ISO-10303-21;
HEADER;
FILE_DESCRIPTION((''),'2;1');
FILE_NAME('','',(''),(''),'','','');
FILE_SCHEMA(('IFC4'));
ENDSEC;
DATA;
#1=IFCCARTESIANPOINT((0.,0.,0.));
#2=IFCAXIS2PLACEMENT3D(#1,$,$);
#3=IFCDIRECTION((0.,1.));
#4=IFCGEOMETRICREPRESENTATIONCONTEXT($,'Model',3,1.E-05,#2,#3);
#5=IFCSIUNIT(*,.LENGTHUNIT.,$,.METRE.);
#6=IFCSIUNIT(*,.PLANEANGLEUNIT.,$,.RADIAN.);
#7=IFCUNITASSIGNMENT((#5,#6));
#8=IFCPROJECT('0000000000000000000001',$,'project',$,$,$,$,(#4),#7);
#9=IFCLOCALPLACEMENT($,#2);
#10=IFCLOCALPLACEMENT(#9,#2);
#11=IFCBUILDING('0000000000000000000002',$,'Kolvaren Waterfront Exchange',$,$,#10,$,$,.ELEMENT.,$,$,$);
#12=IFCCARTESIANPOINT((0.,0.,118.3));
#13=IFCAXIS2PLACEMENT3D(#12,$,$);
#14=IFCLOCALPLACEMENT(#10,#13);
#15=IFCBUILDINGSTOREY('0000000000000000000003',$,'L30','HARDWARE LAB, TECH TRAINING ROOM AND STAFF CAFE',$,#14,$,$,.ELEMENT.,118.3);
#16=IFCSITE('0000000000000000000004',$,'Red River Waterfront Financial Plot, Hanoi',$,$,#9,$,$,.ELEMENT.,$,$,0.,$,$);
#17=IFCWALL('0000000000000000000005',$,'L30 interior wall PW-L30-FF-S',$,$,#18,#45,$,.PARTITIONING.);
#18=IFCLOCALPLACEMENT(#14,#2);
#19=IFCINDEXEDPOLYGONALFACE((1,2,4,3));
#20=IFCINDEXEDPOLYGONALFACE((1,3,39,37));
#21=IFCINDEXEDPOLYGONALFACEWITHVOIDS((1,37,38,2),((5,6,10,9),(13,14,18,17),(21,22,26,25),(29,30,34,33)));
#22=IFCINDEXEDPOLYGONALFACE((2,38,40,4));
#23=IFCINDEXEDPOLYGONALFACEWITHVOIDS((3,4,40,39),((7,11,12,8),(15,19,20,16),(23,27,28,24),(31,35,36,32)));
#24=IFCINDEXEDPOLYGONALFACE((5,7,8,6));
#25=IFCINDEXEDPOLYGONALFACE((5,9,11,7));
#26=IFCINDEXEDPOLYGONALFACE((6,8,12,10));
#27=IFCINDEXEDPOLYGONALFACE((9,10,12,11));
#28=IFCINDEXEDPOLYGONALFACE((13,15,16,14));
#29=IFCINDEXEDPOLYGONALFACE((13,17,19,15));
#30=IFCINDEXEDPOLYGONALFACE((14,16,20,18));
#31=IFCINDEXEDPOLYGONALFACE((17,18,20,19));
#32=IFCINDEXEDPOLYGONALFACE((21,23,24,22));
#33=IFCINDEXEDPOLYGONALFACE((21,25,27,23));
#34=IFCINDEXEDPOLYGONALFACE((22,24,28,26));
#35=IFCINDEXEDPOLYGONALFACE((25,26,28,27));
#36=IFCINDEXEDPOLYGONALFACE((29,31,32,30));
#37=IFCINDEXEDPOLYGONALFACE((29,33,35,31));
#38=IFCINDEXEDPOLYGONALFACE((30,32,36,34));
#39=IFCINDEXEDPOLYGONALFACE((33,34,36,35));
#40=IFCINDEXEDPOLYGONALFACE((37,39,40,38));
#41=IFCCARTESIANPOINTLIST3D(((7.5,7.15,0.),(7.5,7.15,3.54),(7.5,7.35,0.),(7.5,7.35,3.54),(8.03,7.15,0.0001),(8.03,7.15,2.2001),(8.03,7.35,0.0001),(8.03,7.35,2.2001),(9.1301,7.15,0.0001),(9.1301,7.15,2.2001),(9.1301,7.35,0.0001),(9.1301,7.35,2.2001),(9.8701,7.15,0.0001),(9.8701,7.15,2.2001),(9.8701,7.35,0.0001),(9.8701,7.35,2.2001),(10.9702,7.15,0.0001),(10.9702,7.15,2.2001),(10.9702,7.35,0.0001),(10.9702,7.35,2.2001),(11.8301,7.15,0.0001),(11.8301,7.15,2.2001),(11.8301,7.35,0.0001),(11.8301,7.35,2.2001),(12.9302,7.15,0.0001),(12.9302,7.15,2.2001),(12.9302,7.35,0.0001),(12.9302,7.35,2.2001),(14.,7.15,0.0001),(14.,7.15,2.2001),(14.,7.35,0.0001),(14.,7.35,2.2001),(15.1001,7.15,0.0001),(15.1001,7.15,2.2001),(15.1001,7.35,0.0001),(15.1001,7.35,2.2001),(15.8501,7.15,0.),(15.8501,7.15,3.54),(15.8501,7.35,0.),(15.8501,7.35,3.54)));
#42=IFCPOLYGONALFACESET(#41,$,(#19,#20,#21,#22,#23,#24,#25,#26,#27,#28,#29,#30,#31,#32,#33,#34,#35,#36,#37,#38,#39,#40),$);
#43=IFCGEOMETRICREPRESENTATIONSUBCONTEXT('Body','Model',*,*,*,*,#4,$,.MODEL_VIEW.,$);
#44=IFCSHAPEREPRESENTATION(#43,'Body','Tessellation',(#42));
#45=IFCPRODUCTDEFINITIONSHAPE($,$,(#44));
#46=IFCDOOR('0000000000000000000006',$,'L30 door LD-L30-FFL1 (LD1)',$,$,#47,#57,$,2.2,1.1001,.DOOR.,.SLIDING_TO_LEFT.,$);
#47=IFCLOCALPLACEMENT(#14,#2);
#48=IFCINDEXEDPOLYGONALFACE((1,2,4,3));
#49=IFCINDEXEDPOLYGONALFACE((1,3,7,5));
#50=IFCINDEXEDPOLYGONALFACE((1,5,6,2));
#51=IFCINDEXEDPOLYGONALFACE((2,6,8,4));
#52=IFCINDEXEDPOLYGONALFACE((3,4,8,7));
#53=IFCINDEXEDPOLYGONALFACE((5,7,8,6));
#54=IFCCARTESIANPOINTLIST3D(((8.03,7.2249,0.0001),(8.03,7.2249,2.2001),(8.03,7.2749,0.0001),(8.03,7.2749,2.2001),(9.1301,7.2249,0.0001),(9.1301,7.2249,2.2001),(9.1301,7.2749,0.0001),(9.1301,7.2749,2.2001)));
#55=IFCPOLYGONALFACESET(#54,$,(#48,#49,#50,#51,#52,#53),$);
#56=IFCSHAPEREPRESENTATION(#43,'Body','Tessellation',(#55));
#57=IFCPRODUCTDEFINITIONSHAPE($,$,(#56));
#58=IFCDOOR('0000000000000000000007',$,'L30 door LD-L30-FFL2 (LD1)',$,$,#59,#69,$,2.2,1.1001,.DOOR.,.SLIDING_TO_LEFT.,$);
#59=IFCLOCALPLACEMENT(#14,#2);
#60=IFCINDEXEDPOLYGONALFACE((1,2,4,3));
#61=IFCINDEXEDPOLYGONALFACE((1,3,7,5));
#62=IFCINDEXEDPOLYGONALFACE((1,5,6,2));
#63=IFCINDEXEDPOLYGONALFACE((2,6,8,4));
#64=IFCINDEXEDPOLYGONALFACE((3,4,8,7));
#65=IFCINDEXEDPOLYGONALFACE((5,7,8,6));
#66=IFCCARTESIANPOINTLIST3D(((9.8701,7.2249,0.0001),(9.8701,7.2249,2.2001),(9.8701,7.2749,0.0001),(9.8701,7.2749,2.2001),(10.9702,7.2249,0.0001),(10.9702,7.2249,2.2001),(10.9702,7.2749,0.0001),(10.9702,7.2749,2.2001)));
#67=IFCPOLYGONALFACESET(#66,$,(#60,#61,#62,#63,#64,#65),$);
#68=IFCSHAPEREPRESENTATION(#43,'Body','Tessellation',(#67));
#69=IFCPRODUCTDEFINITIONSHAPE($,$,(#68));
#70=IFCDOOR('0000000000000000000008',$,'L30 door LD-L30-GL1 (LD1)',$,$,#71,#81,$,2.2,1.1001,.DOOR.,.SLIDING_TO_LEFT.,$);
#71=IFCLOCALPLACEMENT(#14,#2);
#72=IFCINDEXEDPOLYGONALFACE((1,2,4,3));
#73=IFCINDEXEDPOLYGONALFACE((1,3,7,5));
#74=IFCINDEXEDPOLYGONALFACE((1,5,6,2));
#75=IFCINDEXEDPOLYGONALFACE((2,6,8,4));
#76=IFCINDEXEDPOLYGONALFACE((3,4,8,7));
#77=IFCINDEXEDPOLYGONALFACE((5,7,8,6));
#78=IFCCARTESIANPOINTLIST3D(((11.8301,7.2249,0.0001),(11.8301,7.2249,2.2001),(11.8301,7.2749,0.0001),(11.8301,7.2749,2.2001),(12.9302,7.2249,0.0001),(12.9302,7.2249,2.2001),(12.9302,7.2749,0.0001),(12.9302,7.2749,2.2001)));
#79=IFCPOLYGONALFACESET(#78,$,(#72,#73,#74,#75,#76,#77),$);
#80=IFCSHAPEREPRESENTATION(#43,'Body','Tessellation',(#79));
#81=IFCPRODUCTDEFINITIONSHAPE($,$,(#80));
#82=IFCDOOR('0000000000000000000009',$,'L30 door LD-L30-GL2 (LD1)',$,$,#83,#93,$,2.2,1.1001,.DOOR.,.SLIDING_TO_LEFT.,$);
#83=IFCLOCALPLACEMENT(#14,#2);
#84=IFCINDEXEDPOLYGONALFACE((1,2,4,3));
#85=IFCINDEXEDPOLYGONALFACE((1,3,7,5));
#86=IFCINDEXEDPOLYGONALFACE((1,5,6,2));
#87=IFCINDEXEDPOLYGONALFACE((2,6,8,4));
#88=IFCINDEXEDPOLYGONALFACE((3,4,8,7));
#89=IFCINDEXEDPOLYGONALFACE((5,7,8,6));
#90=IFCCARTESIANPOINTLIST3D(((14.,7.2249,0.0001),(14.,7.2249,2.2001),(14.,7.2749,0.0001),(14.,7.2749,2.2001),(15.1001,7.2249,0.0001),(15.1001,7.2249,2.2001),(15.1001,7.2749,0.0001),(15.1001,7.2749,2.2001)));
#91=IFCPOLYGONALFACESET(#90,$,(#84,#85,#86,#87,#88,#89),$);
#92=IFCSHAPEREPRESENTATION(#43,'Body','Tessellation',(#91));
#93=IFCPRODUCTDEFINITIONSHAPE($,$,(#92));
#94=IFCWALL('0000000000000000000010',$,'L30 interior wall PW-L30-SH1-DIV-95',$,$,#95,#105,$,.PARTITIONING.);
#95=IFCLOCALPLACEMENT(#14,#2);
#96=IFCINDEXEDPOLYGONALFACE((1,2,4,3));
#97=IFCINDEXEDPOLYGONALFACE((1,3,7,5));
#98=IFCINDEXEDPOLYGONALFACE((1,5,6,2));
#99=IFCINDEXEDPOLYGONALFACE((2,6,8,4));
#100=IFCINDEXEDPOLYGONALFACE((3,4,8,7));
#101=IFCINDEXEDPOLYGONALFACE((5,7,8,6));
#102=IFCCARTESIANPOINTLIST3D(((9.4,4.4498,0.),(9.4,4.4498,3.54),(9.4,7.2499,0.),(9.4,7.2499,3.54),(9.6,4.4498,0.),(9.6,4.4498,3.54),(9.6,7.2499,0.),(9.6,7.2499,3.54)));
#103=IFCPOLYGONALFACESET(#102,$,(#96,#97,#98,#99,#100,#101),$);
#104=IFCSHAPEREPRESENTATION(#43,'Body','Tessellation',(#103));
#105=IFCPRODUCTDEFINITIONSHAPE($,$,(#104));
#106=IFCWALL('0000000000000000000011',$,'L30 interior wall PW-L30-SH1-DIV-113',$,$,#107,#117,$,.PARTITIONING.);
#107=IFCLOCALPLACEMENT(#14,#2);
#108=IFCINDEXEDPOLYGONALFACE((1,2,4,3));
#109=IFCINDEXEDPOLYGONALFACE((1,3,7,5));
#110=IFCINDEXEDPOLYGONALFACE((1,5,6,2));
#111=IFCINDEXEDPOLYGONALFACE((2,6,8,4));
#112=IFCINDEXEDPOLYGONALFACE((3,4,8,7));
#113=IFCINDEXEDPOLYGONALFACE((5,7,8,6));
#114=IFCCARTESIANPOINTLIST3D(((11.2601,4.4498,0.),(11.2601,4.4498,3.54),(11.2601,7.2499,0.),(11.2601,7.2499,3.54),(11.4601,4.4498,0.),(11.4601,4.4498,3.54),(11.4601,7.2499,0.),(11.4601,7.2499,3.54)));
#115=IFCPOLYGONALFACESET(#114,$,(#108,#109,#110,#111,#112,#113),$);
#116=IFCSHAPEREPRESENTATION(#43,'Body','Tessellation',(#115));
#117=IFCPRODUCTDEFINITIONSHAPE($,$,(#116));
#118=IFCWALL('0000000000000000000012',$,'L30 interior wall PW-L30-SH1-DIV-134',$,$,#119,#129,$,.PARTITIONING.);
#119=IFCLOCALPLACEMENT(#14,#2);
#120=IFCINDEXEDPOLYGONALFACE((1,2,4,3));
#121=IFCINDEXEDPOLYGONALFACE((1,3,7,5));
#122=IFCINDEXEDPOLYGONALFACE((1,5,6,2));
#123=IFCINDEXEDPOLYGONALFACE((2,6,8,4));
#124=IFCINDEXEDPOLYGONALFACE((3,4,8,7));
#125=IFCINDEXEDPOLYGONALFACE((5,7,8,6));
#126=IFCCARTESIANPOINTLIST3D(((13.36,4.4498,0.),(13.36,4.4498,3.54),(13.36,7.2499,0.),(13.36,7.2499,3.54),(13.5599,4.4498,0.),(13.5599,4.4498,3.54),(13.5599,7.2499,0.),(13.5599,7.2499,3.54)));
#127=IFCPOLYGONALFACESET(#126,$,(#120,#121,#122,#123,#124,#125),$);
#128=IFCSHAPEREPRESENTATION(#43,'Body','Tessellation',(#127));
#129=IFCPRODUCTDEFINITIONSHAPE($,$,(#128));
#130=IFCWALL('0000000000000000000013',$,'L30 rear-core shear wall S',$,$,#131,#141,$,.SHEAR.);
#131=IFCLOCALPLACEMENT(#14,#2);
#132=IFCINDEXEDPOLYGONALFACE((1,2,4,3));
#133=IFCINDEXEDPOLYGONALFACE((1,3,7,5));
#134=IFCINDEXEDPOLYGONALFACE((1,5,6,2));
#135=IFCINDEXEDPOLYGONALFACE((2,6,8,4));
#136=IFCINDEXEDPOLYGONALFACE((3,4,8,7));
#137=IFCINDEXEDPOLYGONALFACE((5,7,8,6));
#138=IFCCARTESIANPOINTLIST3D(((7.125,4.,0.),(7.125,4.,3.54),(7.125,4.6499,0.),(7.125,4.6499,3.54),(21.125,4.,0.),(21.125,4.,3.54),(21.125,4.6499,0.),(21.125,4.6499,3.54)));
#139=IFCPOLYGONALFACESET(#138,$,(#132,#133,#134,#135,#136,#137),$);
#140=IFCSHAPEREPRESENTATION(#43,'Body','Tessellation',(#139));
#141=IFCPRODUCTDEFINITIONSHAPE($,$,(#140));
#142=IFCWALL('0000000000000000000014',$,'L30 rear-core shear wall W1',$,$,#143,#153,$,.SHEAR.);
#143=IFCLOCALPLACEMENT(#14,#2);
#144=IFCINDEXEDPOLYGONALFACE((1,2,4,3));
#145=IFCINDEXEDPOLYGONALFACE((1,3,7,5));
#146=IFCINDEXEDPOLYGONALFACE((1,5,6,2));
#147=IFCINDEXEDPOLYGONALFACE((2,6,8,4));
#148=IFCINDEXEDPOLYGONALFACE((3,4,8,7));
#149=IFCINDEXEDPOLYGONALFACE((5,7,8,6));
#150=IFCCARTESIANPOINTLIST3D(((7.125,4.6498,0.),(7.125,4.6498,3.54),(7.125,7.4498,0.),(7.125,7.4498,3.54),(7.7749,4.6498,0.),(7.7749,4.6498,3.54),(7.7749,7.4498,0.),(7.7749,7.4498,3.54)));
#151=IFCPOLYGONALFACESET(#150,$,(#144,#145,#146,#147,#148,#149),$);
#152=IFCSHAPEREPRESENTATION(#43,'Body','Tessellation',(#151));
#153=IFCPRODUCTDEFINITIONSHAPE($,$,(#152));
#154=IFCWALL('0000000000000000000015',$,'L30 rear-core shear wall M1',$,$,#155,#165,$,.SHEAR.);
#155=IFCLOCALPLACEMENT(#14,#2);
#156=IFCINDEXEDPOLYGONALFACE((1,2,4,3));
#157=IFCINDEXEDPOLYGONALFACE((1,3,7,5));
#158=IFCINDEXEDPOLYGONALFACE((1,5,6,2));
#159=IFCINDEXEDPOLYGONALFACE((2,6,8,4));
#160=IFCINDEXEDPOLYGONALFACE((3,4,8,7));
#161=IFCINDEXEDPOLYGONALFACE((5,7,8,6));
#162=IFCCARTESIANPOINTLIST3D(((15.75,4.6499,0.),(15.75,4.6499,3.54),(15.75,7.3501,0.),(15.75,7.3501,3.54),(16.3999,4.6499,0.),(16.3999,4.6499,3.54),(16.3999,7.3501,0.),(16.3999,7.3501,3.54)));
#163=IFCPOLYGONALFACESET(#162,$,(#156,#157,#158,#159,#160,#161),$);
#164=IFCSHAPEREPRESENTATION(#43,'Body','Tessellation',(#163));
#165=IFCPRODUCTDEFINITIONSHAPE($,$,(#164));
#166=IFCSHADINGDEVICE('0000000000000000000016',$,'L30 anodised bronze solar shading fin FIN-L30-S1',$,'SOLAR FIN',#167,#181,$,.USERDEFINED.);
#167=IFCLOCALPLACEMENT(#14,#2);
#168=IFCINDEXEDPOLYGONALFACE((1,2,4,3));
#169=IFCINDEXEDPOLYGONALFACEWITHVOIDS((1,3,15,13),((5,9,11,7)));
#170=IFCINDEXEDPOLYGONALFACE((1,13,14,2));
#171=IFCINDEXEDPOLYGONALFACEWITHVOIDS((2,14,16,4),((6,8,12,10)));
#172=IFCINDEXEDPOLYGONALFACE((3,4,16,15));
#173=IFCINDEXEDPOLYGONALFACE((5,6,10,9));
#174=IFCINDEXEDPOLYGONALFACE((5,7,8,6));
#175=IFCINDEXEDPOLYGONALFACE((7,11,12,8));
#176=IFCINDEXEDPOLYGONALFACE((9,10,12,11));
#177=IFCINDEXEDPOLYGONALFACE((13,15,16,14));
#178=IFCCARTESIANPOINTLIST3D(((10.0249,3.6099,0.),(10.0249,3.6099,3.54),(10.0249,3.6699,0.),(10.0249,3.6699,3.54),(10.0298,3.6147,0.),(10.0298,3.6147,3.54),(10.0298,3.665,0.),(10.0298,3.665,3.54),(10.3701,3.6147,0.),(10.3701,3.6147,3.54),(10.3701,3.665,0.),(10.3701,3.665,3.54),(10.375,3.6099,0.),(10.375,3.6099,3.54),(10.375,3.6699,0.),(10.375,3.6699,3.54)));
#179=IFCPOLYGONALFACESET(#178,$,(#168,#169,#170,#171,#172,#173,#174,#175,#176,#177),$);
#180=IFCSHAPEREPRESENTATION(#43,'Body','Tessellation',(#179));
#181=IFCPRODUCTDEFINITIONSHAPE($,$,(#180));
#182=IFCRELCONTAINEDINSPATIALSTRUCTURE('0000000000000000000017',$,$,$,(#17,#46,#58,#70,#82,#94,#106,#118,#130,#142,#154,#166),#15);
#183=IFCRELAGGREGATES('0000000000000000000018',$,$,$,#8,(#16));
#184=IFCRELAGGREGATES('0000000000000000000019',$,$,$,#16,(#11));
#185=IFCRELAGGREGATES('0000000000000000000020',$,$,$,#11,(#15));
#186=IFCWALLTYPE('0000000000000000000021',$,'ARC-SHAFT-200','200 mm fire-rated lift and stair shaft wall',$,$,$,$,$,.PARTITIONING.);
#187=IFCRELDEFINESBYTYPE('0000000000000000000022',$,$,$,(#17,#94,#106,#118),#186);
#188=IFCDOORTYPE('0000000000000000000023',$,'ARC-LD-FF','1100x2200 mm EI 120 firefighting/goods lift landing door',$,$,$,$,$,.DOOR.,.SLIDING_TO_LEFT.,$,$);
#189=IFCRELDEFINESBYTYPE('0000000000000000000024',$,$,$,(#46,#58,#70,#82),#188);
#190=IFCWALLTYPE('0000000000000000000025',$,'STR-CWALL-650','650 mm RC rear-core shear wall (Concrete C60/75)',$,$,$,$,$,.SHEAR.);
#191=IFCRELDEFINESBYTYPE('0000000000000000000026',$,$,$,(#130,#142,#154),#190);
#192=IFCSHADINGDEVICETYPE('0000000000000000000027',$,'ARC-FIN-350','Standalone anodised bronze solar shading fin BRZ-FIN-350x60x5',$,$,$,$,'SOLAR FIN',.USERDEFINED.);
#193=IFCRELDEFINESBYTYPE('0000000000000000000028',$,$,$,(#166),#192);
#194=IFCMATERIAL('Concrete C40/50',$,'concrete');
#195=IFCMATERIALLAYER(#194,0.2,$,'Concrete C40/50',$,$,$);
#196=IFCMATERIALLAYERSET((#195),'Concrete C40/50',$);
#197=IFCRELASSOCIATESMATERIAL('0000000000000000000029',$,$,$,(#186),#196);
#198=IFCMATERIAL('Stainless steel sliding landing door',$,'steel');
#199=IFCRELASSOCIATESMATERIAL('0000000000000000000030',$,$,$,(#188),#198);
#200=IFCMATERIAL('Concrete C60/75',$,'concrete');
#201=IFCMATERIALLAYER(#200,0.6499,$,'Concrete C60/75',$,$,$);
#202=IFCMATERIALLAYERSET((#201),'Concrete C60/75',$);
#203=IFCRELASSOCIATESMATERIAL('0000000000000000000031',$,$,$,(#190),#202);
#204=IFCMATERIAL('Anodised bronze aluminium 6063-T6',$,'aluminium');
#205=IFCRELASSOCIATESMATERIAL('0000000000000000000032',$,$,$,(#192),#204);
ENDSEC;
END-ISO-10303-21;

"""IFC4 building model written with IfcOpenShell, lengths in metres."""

from ifc_helpers import new_model, si_unit, direction, frame, frame_2d, origin, origin_2d, place, context, subcontext, project, spatial, rectangle, hollow_rectangle, extrude, material, layer, layer_set, material_profile, profile_set, type_object, element, fill, save


model = new_model("IFC4")

# Units and contexts
model_context = context("Model", 3, precision=1e-05, world=origin(), true_north=direction((0.0, 1.0)))
body_context = subcontext(model_context, "Body", "Model", "MODEL_VIEW")
ifc_project = project(units=[si_unit("LENGTHUNIT", "METRE"), si_unit("PLANEANGLEUNIT", "RADIAN")], contexts=[model_context])

# Site, building, storey
site_placement = place(None, origin())
site = spatial("IfcSite", under=ifc_project, at=site_placement, Name="Red River Waterfront Financial Plot, Hanoi", CompositionType="ELEMENT", RefElevation=0.0)
building_placement = place(site_placement, origin())
building = spatial("IfcBuilding", under=site, at=building_placement, Name="Kolvaren Waterfront Exchange", CompositionType="ELEMENT")
storey_placement = place(building_placement, frame((0.0, 0.0, 118.3)))
storey = spatial("IfcBuildingStorey", under=building, at=storey_placement, Name="L30", Description="HARDWARE LAB, TECH TRAINING ROOM AND STAFF CAFE", CompositionType="ELEMENT", Elevation=118.3)

# Shared definitions
ifc_material_1 = material(Name="Concrete C60/75", Category="concrete")

# Shared definitions
ifc_material_2 = material(Name="Anodised bronze aluminium 6063-T6", Category="aluminium")

# Wall, openings, doors
ifc_material_3 = material(Name="Concrete C40/50", Category="concrete")
ifc_layer_1 = layer(ifc_material_3, 0.2, Name="Concrete C40/50")
ifc_layer_set_1 = layer_set([ifc_layer_1], Name="Concrete C40/50")
wall_type_1 = type_object("IfcWallType", Name="ARC-SHAFT-200", Description="200 mm fire-rated lift and stair shaft wall", PredefinedType="PARTITIONING", material=ifc_layer_set_1)
wall_1_placement = place(storey_placement, frame((7.5, 7.25, 0.0), z_axis=(0.0, 0.0, 1.0), x_axis=(1.0, 0.0, 0.0)))
wall_1 = element("IfcWall", 1, at=wall_1_placement, inside=storey, type_object=wall_type_1, Name="L30 interior wall PW-L30-FF-S", PredefinedType="PARTITIONING", context=body_context, shape_type="SweptSolid", body=[
    extrude(rectangle(XDim=8.3501, YDim=0.2, at=frame_2d((4.175, 0.0))), origin(), (0.0, 0.0, 1.0), 3.54),
])
opening_1_placement = place(wall_1_placement, frame((0.53, 0.0, 0.0)))
opening_1 = element("IfcOpeningElement", 2, at=opening_1_placement, cuts=wall_1, PredefinedType="OPENING", context=body_context, shape_type="SweptSolid", body=[
    extrude(rectangle(XDim=1.1001, YDim=2.2, at=frame_2d((0.55, 1.1001))), frame((0.0, 0.1099, 0.0), z_axis=(0.0, -1.0, 0.0), x_axis=(1.0, 0.0, 0.0)), (0.0, 0.0, 1.0), 0.22),
])
opening_2_placement = place(wall_1_placement, frame((2.3701, 0.0, 0.0)))
opening_2 = element("IfcOpeningElement", 3, at=opening_2_placement, cuts=wall_1, PredefinedType="OPENING", context=body_context, shape_type="SweptSolid", body=[
    extrude(rectangle(XDim=1.1001, YDim=2.2, at=frame_2d((0.55, 1.1001))), frame((0.0, 0.1099, 0.0), z_axis=(0.0, -1.0, 0.0), x_axis=(1.0, 0.0, 0.0)), (0.0, 0.0, 1.0), 0.22),
])
opening_3_placement = place(wall_1_placement, frame((4.3301, 0.0, 0.0)))
opening_3 = element("IfcOpeningElement", 4, at=opening_3_placement, cuts=wall_1, PredefinedType="OPENING", context=body_context, shape_type="SweptSolid", body=[
    extrude(rectangle(XDim=1.1001, YDim=2.2, at=frame_2d((0.55, 1.1001))), frame((0.0, 0.1099, 0.0), z_axis=(0.0, -1.0, 0.0), x_axis=(1.0, 0.0, 0.0)), (0.0, 0.0, 1.0), 0.22),
])
opening_4_placement = place(wall_1_placement, frame((6.5, 0.0, 0.0)))
opening_4 = element("IfcOpeningElement", 5, at=opening_4_placement, cuts=wall_1, PredefinedType="OPENING", context=body_context, shape_type="SweptSolid", body=[
    extrude(rectangle(XDim=1.1001, YDim=2.2, at=frame_2d((0.55, 1.1001))), frame((0.0, 0.1099, 0.0), z_axis=(0.0, -1.0, 0.0), x_axis=(1.0, 0.0, 0.0)), (0.0, 0.0, 1.0), 0.22),
])
ifc_material_4 = material(Name="Stainless steel sliding landing door", Category="steel")
door_type = type_object("IfcDoorType", Name="ARC-LD-FF", Description="1100x2200 mm EI 120 firefighting/goods lift landing door", OperationType="SLIDING_TO_LEFT", PredefinedType="DOOR", material=ifc_material_4)
door_1_placement = place(opening_1_placement, origin())
door_1 = element("IfcDoor", 6, at=door_1_placement, inside=storey, type_object=door_type, Name="L30 door LD-L30-FFL1 (LD1)", OperationType="SLIDING_TO_LEFT", OverallHeight=2.2, OverallWidth=1.1001, PredefinedType="DOOR", context=body_context, shape_type="SweptSolid", body=[
    extrude(rectangle(XDim=1.1001, YDim=2.2, at=frame_2d((0.55, 1.1001))), frame((0.0, 0.0249, 0.0), z_axis=(0.0, -1.0, 0.0), x_axis=(1.0, 0.0, 0.0)), (0.0, 0.0, 1.0), 0.05),
])
fill(opening_1, door_1)
door_2_placement = place(opening_2_placement, origin())
door_2 = element("IfcDoor", 7, at=door_2_placement, inside=storey, type_object=door_type, Name="L30 door LD-L30-FFL2 (LD1)", OperationType="SLIDING_TO_LEFT", OverallHeight=2.2, OverallWidth=1.1001, PredefinedType="DOOR", context=body_context, shape_type="SweptSolid", body=[
    extrude(rectangle(XDim=1.1001, YDim=2.2, at=frame_2d((0.55, 1.1001))), frame((0.0, 0.0249, 0.0), z_axis=(0.0, -1.0, 0.0), x_axis=(1.0, 0.0, 0.0)), (0.0, 0.0, 1.0), 0.05),
])
fill(opening_2, door_2)
door_3_placement = place(opening_3_placement, origin())
door_3 = element("IfcDoor", 8, at=door_3_placement, inside=storey, type_object=door_type, Name="L30 door LD-L30-GL1 (LD1)", OperationType="SLIDING_TO_LEFT", OverallHeight=2.2, OverallWidth=1.1001, PredefinedType="DOOR", context=body_context, shape_type="SweptSolid", body=[
    extrude(rectangle(XDim=1.1001, YDim=2.2, at=frame_2d((0.55, 1.1001))), frame((0.0, 0.0249, 0.0), z_axis=(0.0, -1.0, 0.0), x_axis=(1.0, 0.0, 0.0)), (0.0, 0.0, 1.0), 0.05),
])
fill(opening_3, door_3)
door_4_placement = place(opening_4_placement, origin())
door_4 = element("IfcDoor", 9, at=door_4_placement, inside=storey, type_object=door_type, Name="L30 door LD-L30-GL2 (LD1)", OperationType="SLIDING_TO_LEFT", OverallHeight=2.2, OverallWidth=1.1001, PredefinedType="DOOR", context=body_context, shape_type="SweptSolid", body=[
    extrude(rectangle(XDim=1.1001, YDim=2.2, at=frame_2d((0.55, 1.1001))), frame((0.0, 0.0249, 0.0), z_axis=(0.0, -1.0, 0.0), x_axis=(1.0, 0.0, 0.0)), (0.0, 0.0, 1.0), 0.05),
])
fill(opening_4, door_4)

# Walls
for number, where, z_axis, x_axis, name in (
    (10, (9.5, 4.45, 0.0), (0.0, 0.0, 1.0), (0.0, 1.0, 0.0), "L30 interior wall PW-L30-SH1-DIV-95"),
    (11, (11.3601, 4.45, 0.0), (0.0, 0.0, 1.0), (0.0, 1.0, 0.0), "L30 interior wall PW-L30-SH1-DIV-113"),
    (12, (13.46, 4.45, 0.0), (0.0, 0.0, 1.0), (0.0, 1.0, 0.0), "L30 interior wall PW-L30-SH1-DIV-134"),
):
    element("IfcWall", number, at=place(storey_placement, frame(where, z_axis=z_axis, x_axis=x_axis)), inside=storey, type_object=wall_type_1, Name=name, PredefinedType="PARTITIONING", context=body_context, shape_type="SweptSolid", body=[
        extrude(rectangle(XDim=2.8, YDim=0.2, at=frame_2d((1.3999, 0.0))), origin(), (0.0, 0.0, 1.0), 3.54),
    ])
ifc_layer_2 = layer(ifc_material_1, 0.6499, Name="Concrete C60/75")
ifc_layer_set_2 = layer_set([ifc_layer_2], Name="Concrete C60/75")
wall_type_2 = type_object("IfcWallType", Name="STR-CWALL-650", Description="650 mm RC rear-core shear wall (Concrete C60/75)", PredefinedType="SHEAR", material=ifc_layer_set_2)
wall_2_placement = place(storey_placement, frame((7.125, 4.325, 0.0), z_axis=(0.0, 0.0, 1.0), x_axis=(1.0, 0.0, 0.0)))
element("IfcWall", 13, at=wall_2_placement, inside=storey, type_object=wall_type_2, Name="L30 rear-core shear wall S", PredefinedType="SHEAR", context=body_context, shape_type="SweptSolid", body=[
    extrude(rectangle(XDim=14.0, YDim=0.6499, at=frame_2d((7.0, 0.0))), origin(), (0.0, 0.0, 1.0), 3.54),
])
wall_3_placement = place(storey_placement, frame((7.45, 4.6499, 0.0), z_axis=(0.0, 0.0, 1.0), x_axis=(0.0, 1.0, 0.0)))
element("IfcWall", 14, at=wall_3_placement, inside=storey, type_object=wall_type_2, Name="L30 rear-core shear wall W1", PredefinedType="SHEAR", context=body_context, shape_type="SweptSolid", body=[
    extrude(rectangle(XDim=2.8, YDim=0.6499, at=frame_2d((1.3999, 0.0))), origin(), (0.0, 0.0, 1.0), 3.54),
])
wall_4_placement = place(storey_placement, frame((16.075, 4.6499, 0.0), z_axis=(0.0, 0.0, 1.0), x_axis=(0.0, 1.0, 0.0)))
element("IfcWall", 15, at=wall_4_placement, inside=storey, type_object=wall_type_2, Name="L30 rear-core shear wall M1", PredefinedType="SHEAR", context=body_context, shape_type="SweptSolid", body=[
    extrude(rectangle(XDim=2.7002, YDim=0.6499, at=frame_2d((1.3501, 0.0))), origin(), (0.0, 0.0, 1.0), 3.54),
])

# Shading device
ifc_material_profile_1 = material_profile(ifc_material_2, hollow_rectangle(XDim=0.0601, YDim=0.3501, WallThickness=0.0049, at=origin_2d()), Name="BRZ-FIN-350x60x5")
ifc_profile_set_1 = profile_set([ifc_material_profile_1], Name="Anodised bronze aluminium 6063-T6")
shading_device_type = type_object("IfcShadingDeviceType", Name="ARC-FIN-350", Description="Standalone anodised bronze solar shading fin BRZ-FIN-350x60x5", ElementType="SOLAR FIN", PredefinedType="USERDEFINED", material=ifc_profile_set_1)
for number, where, z_axis, x_axis, name in (
    (16, (10.2, 3.6399, 0.0), (0.0, 0.0, 1.0), (0.0, -1.0, 0.0), "L30 anodised bronze solar shading fin FIN-L30-S1"),
):
    element("IfcShadingDevice", number, at=place(storey_placement, frame(where, z_axis=z_axis, x_axis=x_axis)), inside=storey, type_object=shading_device_type, Name=name, ObjectType="SOLAR FIN", PredefinedType="USERDEFINED", context=body_context, shape_type="SweptSolid", body=[
        extrude(hollow_rectangle(XDim=0.0601, YDim=0.3501, WallThickness=0.0049, at=origin_2d()), origin(), (0.0, 0.0, 1.0), 3.54),
    ])

save(model, "model.ifc")
